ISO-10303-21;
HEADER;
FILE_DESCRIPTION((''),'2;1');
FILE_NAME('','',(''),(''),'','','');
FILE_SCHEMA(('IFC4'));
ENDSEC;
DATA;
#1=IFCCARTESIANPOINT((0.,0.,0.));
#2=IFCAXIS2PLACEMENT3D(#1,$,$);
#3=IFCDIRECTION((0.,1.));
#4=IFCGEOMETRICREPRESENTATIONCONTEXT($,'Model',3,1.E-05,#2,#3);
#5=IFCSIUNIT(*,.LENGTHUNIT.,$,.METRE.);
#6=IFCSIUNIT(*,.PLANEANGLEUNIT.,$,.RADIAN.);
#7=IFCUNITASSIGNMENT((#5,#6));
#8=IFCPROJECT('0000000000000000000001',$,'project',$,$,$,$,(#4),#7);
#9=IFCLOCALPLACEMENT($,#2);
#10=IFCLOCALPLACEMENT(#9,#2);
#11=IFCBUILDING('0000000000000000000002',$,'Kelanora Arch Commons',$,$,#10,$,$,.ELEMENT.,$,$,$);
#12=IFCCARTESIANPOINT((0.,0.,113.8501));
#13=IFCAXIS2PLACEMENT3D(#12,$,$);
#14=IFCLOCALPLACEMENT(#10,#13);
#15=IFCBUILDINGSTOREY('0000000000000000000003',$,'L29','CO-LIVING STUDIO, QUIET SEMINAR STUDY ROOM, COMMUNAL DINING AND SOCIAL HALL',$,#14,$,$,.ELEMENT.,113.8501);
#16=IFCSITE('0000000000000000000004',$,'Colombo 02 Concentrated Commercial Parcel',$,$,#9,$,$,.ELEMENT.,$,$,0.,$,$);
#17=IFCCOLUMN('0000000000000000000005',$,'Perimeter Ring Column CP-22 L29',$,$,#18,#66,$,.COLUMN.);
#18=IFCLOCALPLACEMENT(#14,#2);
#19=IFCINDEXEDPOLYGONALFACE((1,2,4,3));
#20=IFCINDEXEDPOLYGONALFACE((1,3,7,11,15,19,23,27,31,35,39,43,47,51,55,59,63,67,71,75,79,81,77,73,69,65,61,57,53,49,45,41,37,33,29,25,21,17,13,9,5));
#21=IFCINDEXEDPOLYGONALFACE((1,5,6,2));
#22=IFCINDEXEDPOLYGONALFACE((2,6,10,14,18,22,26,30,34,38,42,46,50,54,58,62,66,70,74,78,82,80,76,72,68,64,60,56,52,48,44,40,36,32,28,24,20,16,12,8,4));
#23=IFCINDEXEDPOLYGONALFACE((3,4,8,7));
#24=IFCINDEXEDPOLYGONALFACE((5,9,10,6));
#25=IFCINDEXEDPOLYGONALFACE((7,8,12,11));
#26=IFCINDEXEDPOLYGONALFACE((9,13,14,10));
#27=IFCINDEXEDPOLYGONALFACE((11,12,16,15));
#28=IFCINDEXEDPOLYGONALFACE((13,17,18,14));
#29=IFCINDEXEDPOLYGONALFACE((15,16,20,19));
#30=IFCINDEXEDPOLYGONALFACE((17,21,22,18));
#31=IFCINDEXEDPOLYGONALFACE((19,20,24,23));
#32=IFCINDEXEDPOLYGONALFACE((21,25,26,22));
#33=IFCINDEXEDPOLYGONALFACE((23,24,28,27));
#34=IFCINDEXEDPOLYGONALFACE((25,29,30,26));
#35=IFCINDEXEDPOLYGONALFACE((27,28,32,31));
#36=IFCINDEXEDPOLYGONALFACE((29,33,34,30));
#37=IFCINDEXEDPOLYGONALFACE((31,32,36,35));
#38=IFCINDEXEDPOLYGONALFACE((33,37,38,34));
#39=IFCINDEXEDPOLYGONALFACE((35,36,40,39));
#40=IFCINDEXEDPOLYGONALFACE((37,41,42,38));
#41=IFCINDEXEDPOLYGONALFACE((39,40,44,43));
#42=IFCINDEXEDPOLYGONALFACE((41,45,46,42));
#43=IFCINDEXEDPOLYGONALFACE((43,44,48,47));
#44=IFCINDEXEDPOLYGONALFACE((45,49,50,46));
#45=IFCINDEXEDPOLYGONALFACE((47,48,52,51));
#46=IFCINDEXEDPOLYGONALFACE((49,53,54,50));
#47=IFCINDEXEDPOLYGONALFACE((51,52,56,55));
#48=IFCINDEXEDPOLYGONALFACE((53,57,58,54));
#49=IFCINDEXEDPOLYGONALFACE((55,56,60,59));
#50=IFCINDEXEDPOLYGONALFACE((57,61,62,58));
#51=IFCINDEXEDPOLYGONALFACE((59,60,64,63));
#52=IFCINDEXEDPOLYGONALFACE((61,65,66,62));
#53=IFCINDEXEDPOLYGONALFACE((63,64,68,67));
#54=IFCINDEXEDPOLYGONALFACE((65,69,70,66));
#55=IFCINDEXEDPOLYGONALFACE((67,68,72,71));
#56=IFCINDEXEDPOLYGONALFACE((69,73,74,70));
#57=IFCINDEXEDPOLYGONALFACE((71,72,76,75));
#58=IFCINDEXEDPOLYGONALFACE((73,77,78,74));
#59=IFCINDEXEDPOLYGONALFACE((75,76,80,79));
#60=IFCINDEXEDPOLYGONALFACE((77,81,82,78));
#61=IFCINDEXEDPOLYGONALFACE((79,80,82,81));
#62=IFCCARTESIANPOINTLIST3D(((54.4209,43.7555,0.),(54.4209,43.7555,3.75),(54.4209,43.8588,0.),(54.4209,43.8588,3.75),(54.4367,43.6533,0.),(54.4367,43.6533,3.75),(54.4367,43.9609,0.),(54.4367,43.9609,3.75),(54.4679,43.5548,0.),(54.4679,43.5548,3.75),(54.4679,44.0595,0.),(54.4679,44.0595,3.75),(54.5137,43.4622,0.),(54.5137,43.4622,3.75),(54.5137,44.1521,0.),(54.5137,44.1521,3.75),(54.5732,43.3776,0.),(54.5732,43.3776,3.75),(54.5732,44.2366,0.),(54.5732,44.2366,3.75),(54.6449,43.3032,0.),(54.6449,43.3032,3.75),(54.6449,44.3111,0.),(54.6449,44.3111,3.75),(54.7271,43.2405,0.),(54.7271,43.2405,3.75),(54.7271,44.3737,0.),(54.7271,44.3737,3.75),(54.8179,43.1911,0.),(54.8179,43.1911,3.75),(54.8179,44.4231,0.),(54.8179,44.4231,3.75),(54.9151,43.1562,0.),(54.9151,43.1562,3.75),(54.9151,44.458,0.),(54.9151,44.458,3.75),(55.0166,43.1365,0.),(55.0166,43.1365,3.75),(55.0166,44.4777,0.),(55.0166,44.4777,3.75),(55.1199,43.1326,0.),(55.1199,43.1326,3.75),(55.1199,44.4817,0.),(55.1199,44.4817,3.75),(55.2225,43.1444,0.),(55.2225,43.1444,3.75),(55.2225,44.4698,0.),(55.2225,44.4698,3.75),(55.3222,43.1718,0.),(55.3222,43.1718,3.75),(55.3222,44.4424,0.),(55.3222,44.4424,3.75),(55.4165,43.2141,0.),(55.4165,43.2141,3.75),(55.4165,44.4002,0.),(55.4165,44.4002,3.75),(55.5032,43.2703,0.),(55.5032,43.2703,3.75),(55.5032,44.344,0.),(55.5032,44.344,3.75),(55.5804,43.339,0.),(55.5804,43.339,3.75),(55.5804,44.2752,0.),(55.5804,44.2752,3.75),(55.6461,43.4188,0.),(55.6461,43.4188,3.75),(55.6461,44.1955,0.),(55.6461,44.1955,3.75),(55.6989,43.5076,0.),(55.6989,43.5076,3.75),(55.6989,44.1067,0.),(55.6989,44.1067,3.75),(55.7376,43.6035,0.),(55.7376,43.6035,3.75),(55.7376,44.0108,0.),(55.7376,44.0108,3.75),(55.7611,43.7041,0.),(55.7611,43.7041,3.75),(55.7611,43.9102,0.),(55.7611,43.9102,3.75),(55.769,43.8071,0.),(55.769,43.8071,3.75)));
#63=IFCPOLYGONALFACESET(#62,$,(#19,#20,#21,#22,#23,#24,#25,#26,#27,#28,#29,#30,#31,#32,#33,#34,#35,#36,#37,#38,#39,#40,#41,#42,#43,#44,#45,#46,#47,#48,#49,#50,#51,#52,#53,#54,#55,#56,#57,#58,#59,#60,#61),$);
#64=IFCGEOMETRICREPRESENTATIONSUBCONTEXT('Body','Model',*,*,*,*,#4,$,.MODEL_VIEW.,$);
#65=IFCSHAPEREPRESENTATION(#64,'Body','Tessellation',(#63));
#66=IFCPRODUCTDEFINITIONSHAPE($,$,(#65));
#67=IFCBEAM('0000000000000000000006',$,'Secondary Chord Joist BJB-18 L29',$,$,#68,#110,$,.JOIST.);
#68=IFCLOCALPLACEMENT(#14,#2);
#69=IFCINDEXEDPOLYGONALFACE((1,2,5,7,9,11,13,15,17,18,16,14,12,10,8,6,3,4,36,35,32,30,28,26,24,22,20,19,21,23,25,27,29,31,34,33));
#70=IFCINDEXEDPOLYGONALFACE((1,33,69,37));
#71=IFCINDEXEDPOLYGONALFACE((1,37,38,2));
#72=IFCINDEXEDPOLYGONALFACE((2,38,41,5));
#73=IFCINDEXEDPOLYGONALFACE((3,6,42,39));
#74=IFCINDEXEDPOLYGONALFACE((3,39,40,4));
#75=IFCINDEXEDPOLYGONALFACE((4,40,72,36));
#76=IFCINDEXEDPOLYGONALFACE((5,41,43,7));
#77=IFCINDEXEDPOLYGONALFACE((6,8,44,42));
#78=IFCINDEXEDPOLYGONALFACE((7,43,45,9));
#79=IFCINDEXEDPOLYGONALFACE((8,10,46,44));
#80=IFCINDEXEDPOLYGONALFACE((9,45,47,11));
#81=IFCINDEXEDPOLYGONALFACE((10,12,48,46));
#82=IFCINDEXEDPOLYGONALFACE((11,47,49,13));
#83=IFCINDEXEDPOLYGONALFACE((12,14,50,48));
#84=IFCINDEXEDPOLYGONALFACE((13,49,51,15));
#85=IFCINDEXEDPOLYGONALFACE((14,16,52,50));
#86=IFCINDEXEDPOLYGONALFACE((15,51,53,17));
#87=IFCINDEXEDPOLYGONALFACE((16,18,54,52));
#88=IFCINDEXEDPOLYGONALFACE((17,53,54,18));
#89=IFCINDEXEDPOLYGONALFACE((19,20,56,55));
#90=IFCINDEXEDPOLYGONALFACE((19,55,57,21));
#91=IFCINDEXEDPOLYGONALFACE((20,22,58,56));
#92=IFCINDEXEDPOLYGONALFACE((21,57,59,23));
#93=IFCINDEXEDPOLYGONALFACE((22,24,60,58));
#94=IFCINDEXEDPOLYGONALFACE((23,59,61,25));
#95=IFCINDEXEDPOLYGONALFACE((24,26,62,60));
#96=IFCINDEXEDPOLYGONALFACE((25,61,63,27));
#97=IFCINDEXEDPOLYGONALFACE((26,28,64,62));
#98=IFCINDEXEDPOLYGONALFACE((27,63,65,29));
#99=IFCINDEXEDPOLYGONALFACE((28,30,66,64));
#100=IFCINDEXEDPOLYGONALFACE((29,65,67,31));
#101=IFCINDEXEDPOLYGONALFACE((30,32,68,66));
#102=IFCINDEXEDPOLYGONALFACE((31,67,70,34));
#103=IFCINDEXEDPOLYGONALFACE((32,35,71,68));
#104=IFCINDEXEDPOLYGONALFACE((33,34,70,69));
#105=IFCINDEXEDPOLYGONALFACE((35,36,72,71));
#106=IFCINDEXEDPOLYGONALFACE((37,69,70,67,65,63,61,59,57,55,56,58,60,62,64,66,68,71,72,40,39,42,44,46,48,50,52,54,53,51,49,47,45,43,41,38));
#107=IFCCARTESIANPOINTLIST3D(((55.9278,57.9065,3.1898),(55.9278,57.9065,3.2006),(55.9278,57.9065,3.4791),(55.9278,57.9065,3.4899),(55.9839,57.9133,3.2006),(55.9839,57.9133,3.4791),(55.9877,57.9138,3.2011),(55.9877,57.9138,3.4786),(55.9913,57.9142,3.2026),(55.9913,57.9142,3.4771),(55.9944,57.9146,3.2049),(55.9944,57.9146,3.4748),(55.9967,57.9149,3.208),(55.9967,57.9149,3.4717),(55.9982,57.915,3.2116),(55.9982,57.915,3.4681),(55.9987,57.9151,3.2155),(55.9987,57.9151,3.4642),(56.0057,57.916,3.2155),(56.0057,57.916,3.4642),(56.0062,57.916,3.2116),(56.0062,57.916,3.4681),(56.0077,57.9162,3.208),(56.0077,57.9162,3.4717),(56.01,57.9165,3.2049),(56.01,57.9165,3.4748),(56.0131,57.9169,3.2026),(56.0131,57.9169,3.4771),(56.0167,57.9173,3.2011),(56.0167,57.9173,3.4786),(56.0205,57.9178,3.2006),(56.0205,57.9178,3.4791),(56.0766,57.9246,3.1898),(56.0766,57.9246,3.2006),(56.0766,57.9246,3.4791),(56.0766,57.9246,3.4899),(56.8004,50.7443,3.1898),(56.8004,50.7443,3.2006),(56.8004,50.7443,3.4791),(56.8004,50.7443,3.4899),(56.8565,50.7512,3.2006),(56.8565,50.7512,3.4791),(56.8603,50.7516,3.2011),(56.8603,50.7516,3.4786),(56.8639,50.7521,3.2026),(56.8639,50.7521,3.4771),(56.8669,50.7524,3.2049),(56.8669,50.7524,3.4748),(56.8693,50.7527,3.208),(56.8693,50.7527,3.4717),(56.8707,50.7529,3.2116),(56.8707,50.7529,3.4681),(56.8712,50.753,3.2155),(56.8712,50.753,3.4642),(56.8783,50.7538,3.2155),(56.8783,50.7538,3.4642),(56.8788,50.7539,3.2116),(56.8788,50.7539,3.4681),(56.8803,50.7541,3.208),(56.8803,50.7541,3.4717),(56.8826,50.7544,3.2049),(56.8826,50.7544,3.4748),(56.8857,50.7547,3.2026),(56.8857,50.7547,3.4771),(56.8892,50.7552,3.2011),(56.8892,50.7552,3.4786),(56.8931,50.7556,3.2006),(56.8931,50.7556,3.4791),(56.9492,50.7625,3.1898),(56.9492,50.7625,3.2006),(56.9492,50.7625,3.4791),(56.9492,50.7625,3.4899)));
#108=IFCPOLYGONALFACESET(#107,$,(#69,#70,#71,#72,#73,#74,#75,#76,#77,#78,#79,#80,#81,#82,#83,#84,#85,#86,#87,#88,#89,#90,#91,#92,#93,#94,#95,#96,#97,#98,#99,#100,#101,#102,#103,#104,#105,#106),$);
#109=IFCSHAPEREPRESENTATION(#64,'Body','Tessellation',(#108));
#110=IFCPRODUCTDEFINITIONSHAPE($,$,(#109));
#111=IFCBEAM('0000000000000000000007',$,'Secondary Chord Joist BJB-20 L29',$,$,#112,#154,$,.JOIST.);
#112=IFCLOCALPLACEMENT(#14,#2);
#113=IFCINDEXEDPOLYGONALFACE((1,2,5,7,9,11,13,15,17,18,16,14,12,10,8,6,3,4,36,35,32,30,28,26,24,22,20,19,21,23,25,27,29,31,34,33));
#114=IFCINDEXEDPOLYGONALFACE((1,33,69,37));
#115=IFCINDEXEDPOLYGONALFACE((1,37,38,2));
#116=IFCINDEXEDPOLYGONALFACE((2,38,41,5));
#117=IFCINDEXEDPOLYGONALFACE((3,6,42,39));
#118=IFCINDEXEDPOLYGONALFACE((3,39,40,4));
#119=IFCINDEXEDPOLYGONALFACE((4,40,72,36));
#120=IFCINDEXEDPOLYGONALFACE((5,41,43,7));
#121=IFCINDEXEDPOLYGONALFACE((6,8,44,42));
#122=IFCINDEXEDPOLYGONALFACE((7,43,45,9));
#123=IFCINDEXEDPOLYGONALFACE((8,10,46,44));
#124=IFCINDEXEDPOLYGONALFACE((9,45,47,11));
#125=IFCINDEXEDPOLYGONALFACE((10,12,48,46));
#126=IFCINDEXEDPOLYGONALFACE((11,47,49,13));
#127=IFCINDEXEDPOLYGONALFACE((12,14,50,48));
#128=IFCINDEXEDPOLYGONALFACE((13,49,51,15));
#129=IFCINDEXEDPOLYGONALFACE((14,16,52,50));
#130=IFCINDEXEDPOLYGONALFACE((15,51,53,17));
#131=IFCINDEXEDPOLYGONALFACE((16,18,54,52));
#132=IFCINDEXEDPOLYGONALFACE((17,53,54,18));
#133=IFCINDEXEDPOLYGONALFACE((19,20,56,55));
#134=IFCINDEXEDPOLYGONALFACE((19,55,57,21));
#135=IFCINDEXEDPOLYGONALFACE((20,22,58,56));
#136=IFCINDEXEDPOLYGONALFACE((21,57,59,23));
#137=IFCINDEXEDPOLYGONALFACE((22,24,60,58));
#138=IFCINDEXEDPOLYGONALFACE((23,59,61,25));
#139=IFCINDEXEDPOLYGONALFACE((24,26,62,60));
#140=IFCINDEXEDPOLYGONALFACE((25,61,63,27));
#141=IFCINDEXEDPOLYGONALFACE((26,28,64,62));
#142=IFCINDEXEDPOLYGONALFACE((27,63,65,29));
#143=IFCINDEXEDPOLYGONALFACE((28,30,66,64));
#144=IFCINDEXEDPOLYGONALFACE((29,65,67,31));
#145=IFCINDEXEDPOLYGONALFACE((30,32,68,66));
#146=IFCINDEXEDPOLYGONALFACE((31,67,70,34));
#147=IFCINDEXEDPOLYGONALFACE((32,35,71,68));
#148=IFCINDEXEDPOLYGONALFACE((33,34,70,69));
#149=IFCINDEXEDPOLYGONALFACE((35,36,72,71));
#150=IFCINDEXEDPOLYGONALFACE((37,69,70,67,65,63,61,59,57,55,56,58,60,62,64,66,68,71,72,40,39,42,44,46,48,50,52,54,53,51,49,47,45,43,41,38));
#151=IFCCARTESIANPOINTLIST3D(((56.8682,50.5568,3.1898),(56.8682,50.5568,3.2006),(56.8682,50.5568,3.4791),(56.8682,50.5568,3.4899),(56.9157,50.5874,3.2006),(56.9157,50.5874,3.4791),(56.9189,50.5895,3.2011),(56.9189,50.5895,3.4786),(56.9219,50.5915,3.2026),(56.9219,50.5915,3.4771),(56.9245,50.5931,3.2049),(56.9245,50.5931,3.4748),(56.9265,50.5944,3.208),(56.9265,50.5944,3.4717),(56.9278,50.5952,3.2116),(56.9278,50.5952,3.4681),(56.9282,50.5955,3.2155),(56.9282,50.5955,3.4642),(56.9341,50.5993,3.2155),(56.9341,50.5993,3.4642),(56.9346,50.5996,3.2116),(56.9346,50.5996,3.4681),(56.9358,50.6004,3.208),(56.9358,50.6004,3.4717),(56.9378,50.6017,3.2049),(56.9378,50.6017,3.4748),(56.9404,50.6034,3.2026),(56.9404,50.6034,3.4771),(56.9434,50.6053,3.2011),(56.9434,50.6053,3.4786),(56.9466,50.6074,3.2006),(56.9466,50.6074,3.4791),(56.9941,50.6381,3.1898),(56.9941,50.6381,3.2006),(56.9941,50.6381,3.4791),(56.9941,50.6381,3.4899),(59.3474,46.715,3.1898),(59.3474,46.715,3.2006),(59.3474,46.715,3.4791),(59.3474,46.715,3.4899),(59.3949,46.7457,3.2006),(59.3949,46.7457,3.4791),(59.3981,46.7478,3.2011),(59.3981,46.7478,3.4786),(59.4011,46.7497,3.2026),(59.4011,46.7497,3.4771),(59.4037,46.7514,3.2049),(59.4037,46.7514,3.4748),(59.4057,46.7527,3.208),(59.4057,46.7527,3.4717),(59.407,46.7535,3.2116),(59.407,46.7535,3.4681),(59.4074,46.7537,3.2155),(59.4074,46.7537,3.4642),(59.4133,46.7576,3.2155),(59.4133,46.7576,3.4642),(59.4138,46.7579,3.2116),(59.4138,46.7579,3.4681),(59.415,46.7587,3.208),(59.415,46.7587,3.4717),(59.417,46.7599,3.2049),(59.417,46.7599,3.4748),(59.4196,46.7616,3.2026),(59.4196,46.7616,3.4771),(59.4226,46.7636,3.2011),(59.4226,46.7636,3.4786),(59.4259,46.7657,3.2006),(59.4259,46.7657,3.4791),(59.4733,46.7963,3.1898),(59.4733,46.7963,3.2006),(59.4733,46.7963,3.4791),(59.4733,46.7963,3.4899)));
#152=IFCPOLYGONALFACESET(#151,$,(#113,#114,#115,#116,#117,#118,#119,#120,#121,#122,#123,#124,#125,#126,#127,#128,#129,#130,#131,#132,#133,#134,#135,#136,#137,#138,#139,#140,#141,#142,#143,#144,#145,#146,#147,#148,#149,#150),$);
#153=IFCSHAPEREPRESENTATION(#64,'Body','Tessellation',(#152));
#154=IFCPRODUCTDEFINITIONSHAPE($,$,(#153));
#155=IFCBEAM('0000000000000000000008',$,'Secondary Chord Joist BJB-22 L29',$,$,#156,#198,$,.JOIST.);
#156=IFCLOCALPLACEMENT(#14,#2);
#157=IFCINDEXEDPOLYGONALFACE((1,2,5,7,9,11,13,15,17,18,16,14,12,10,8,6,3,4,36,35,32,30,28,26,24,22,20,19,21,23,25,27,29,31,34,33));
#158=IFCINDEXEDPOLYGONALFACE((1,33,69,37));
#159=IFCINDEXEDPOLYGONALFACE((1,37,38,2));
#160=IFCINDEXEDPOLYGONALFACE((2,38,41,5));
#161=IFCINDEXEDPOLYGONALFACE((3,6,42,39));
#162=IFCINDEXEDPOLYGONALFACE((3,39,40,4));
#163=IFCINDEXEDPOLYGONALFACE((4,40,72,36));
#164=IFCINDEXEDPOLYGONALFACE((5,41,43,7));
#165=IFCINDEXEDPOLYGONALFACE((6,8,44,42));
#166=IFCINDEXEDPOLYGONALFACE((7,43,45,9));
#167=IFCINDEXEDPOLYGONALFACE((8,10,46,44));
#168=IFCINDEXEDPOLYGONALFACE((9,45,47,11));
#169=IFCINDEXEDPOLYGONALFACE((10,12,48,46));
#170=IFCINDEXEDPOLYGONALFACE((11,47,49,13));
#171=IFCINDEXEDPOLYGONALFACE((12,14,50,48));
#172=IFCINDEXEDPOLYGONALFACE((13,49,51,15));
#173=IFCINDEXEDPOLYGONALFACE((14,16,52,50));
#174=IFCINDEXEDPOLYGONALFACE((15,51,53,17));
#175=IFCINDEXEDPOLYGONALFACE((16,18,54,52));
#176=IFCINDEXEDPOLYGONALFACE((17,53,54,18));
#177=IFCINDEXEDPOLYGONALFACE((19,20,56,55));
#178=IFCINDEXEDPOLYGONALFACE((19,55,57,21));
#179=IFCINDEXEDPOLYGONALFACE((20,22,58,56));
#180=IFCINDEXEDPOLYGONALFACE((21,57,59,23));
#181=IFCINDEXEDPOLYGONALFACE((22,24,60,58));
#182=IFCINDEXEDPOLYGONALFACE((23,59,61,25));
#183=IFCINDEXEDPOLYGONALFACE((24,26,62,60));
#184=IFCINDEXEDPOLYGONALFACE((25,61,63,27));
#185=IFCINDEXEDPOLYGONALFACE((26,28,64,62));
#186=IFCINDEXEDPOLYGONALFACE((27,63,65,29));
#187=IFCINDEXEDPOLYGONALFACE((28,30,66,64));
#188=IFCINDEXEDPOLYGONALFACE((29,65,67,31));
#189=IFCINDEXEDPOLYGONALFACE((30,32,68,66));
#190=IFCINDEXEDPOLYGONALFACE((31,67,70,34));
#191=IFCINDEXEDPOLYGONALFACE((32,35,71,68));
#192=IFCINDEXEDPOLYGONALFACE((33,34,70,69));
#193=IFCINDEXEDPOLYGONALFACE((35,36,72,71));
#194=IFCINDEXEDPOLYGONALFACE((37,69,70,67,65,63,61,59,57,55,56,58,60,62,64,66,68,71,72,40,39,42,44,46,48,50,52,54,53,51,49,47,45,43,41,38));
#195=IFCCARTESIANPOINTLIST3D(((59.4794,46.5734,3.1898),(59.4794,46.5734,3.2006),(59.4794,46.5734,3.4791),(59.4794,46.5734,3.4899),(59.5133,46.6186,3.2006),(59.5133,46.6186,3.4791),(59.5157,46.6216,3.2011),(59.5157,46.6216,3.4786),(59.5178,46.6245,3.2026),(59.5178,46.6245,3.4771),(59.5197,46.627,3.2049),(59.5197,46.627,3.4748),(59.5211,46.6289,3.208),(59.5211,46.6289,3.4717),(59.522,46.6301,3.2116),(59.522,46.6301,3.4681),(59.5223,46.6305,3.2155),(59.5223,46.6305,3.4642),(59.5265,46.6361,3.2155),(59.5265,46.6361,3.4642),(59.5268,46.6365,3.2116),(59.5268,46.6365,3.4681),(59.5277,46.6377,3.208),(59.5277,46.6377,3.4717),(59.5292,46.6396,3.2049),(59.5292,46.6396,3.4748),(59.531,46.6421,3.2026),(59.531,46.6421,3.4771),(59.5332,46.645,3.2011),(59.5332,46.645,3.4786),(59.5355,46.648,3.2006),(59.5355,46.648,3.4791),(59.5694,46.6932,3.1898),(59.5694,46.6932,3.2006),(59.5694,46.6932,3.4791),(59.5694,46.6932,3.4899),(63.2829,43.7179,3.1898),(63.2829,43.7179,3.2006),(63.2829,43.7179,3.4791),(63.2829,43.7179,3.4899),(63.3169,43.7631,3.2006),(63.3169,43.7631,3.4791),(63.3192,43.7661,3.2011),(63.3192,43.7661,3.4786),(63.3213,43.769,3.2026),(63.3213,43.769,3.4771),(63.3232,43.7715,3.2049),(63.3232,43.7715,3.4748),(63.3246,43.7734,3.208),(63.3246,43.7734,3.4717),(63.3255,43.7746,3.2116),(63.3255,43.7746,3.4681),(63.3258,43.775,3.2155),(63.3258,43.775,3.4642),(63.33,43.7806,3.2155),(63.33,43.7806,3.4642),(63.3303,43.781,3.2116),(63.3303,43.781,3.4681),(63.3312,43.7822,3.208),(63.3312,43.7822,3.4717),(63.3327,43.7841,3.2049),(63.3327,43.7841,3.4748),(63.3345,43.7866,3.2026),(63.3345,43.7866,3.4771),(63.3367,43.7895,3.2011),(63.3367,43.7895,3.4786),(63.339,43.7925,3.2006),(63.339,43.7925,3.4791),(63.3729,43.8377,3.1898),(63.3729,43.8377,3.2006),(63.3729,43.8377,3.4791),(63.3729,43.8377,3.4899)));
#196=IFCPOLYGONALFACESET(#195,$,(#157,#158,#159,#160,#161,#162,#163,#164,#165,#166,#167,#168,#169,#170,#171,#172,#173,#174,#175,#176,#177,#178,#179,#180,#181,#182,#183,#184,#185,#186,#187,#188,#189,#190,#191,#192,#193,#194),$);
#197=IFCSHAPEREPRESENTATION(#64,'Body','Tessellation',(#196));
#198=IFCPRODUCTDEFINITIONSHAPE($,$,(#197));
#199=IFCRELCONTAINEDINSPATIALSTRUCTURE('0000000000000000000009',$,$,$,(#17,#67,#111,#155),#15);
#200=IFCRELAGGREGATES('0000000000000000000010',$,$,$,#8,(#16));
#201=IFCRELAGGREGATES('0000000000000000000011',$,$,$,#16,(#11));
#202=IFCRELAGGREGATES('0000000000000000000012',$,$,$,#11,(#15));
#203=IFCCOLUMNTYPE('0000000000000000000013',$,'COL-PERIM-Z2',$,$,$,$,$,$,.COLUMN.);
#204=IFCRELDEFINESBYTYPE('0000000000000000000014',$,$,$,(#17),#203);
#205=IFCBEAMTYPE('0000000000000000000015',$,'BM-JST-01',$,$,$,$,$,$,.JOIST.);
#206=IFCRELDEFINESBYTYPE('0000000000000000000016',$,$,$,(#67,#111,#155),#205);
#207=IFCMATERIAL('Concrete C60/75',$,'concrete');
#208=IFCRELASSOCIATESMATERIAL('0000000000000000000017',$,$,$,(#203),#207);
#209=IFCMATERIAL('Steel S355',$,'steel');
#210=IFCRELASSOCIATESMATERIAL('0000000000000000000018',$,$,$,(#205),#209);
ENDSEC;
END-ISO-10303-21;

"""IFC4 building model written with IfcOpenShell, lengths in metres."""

from ifc_helpers import new_model, si_unit, direction, frame, origin, origin_2d, place, context, subcontext, project, spatial, circle, i_section, extrude, material, material_profile, profile_set, type_object, element, save


model = new_model("IFC4")

# Units and contexts
model_context = context("Model", 3, precision=1e-05, world=origin(), true_north=direction((0.0, 1.0)))
body_context = subcontext(model_context, "Body", "Model", "MODEL_VIEW")
ifc_project = project(units=[si_unit("LENGTHUNIT", "METRE"), si_unit("PLANEANGLEUNIT", "RADIAN")], contexts=[model_context])

# Site, building, storey
site_placement = place(None, origin())
site = spatial("IfcSite", under=ifc_project, at=site_placement, Name="Colombo 02 Concentrated Commercial Parcel", CompositionType="ELEMENT", RefElevation=0.0)
building_placement = place(site_placement, origin())
building = spatial("IfcBuilding", under=site, at=building_placement, Name="Kelanora Arch Commons", CompositionType="ELEMENT")
storey_placement = place(building_placement, frame((0.0, 0.0, 113.8501)))
storey = spatial("IfcBuildingStorey", under=building, at=storey_placement, Name="L29", Description="CO-LIVING STUDIO, QUIET SEMINAR STUDY ROOM, COMMUNAL DINING AND SOCIAL HALL", CompositionType="ELEMENT", Elevation=113.8501)

# Column
ifc_material_1 = material(Name="Concrete C60/75", Category="concrete")
ifc_material_profile_1 = material_profile(ifc_material_1, circle(Radius=0.675, at=origin_2d()), Name="RCC1350")
ifc_profile_set_1 = profile_set([ifc_material_profile_1], Name="Concrete C60/75")
column_type = type_object("IfcColumnType", Name="COL-PERIM-Z2", PredefinedType="COLUMN", material=ifc_profile_set_1)
column_placement = place(storey_placement, frame((55.094, 43.8071, 0.0), z_axis=(0.0, 0.0, 1.0), x_axis=(1.0, 0.0, 0.0)))
element("IfcColumn", 1, at=column_placement, inside=storey, type_object=column_type, Name="Perimeter Ring Column CP-22 L29", PredefinedType="COLUMN", context=body_context, shape_type="SweptSolid", body=[
    extrude(circle(Radius=0.675, at=origin_2d()), origin(), (0.0, 0.0, 1.0), 3.75),
])

# Beams
ifc_material_2 = material(Name="Steel S355", Category="steel")
ifc_material_profile_2 = material_profile(ifc_material_2, i_section(OverallWidth=0.1499, OverallDepth=0.3, WebThickness=0.0071, FlangeThickness=0.0107, FilletRadius=0.0149, at=origin_2d()), Name="IPE300")
ifc_profile_set_2 = profile_set([ifc_material_profile_2], Name="Steel S355")
beam_type_1 = type_object("IfcBeamType", Name="BM-JST-01", PredefinedType="JOIST", material=ifc_profile_set_2)
beam_1_placement = place(storey_placement, frame((56.0022, 57.9155, 3.3398), z_axis=(0.120936, -0.99266, 0.0), x_axis=(0.99266, 0.120936, 0.0)))
element("IfcBeam", 2, at=beam_1_placement, inside=storey, type_object=beam_type_1, Name="Secondary Chord Joist BJB-18 L29", PredefinedType="JOIST", context=body_context, shape_type="SweptSolid", body=[
    extrude(i_section(OverallWidth=0.1499, OverallDepth=0.3, WebThickness=0.0071, FlangeThickness=0.0107, FilletRadius=0.0149, at=origin_2d()), origin(), (0.0, 0.0, 1.0), 7.2151),
])
beam_2_placement = place(storey_placement, frame((56.9312, 50.5974, 3.3398), z_axis=(0.54223, -0.84023, 0.0), x_axis=(0.84023, 0.54223, 0.0)))
element("IfcBeam", 3, at=beam_2_placement, inside=storey, type_object=beam_type_1, Name="Secondary Chord Joist BJB-20 L29", PredefinedType="JOIST", context=body_context, shape_type="SweptSolid", body=[
    extrude(i_section(OverallWidth=0.1499, OverallDepth=0.3, WebThickness=0.0071, FlangeThickness=0.0107, FilletRadius=0.0149, at=origin_2d()), origin(), (0.0, 0.0, 1.0), 4.5723),
])
beam_3_placement = place(storey_placement, frame((59.5244, 46.6333, 3.3398), z_axis=(0.79971, -0.600386, 0.0), x_axis=(0.600386, 0.79971, 0.0)))
element("IfcBeam", 4, at=beam_3_placement, inside=storey, type_object=beam_type_1, Name="Secondary Chord Joist BJB-22 L29", PredefinedType="JOIST", context=body_context, shape_type="SweptSolid", body=[
    extrude(i_section(OverallWidth=0.1499, OverallDepth=0.3, WebThickness=0.0071, FlangeThickness=0.0107, FilletRadius=0.0149, at=origin_2d()), origin(), (0.0, 0.0, 1.0), 4.7561),
])

save(model, "model.ifc")
